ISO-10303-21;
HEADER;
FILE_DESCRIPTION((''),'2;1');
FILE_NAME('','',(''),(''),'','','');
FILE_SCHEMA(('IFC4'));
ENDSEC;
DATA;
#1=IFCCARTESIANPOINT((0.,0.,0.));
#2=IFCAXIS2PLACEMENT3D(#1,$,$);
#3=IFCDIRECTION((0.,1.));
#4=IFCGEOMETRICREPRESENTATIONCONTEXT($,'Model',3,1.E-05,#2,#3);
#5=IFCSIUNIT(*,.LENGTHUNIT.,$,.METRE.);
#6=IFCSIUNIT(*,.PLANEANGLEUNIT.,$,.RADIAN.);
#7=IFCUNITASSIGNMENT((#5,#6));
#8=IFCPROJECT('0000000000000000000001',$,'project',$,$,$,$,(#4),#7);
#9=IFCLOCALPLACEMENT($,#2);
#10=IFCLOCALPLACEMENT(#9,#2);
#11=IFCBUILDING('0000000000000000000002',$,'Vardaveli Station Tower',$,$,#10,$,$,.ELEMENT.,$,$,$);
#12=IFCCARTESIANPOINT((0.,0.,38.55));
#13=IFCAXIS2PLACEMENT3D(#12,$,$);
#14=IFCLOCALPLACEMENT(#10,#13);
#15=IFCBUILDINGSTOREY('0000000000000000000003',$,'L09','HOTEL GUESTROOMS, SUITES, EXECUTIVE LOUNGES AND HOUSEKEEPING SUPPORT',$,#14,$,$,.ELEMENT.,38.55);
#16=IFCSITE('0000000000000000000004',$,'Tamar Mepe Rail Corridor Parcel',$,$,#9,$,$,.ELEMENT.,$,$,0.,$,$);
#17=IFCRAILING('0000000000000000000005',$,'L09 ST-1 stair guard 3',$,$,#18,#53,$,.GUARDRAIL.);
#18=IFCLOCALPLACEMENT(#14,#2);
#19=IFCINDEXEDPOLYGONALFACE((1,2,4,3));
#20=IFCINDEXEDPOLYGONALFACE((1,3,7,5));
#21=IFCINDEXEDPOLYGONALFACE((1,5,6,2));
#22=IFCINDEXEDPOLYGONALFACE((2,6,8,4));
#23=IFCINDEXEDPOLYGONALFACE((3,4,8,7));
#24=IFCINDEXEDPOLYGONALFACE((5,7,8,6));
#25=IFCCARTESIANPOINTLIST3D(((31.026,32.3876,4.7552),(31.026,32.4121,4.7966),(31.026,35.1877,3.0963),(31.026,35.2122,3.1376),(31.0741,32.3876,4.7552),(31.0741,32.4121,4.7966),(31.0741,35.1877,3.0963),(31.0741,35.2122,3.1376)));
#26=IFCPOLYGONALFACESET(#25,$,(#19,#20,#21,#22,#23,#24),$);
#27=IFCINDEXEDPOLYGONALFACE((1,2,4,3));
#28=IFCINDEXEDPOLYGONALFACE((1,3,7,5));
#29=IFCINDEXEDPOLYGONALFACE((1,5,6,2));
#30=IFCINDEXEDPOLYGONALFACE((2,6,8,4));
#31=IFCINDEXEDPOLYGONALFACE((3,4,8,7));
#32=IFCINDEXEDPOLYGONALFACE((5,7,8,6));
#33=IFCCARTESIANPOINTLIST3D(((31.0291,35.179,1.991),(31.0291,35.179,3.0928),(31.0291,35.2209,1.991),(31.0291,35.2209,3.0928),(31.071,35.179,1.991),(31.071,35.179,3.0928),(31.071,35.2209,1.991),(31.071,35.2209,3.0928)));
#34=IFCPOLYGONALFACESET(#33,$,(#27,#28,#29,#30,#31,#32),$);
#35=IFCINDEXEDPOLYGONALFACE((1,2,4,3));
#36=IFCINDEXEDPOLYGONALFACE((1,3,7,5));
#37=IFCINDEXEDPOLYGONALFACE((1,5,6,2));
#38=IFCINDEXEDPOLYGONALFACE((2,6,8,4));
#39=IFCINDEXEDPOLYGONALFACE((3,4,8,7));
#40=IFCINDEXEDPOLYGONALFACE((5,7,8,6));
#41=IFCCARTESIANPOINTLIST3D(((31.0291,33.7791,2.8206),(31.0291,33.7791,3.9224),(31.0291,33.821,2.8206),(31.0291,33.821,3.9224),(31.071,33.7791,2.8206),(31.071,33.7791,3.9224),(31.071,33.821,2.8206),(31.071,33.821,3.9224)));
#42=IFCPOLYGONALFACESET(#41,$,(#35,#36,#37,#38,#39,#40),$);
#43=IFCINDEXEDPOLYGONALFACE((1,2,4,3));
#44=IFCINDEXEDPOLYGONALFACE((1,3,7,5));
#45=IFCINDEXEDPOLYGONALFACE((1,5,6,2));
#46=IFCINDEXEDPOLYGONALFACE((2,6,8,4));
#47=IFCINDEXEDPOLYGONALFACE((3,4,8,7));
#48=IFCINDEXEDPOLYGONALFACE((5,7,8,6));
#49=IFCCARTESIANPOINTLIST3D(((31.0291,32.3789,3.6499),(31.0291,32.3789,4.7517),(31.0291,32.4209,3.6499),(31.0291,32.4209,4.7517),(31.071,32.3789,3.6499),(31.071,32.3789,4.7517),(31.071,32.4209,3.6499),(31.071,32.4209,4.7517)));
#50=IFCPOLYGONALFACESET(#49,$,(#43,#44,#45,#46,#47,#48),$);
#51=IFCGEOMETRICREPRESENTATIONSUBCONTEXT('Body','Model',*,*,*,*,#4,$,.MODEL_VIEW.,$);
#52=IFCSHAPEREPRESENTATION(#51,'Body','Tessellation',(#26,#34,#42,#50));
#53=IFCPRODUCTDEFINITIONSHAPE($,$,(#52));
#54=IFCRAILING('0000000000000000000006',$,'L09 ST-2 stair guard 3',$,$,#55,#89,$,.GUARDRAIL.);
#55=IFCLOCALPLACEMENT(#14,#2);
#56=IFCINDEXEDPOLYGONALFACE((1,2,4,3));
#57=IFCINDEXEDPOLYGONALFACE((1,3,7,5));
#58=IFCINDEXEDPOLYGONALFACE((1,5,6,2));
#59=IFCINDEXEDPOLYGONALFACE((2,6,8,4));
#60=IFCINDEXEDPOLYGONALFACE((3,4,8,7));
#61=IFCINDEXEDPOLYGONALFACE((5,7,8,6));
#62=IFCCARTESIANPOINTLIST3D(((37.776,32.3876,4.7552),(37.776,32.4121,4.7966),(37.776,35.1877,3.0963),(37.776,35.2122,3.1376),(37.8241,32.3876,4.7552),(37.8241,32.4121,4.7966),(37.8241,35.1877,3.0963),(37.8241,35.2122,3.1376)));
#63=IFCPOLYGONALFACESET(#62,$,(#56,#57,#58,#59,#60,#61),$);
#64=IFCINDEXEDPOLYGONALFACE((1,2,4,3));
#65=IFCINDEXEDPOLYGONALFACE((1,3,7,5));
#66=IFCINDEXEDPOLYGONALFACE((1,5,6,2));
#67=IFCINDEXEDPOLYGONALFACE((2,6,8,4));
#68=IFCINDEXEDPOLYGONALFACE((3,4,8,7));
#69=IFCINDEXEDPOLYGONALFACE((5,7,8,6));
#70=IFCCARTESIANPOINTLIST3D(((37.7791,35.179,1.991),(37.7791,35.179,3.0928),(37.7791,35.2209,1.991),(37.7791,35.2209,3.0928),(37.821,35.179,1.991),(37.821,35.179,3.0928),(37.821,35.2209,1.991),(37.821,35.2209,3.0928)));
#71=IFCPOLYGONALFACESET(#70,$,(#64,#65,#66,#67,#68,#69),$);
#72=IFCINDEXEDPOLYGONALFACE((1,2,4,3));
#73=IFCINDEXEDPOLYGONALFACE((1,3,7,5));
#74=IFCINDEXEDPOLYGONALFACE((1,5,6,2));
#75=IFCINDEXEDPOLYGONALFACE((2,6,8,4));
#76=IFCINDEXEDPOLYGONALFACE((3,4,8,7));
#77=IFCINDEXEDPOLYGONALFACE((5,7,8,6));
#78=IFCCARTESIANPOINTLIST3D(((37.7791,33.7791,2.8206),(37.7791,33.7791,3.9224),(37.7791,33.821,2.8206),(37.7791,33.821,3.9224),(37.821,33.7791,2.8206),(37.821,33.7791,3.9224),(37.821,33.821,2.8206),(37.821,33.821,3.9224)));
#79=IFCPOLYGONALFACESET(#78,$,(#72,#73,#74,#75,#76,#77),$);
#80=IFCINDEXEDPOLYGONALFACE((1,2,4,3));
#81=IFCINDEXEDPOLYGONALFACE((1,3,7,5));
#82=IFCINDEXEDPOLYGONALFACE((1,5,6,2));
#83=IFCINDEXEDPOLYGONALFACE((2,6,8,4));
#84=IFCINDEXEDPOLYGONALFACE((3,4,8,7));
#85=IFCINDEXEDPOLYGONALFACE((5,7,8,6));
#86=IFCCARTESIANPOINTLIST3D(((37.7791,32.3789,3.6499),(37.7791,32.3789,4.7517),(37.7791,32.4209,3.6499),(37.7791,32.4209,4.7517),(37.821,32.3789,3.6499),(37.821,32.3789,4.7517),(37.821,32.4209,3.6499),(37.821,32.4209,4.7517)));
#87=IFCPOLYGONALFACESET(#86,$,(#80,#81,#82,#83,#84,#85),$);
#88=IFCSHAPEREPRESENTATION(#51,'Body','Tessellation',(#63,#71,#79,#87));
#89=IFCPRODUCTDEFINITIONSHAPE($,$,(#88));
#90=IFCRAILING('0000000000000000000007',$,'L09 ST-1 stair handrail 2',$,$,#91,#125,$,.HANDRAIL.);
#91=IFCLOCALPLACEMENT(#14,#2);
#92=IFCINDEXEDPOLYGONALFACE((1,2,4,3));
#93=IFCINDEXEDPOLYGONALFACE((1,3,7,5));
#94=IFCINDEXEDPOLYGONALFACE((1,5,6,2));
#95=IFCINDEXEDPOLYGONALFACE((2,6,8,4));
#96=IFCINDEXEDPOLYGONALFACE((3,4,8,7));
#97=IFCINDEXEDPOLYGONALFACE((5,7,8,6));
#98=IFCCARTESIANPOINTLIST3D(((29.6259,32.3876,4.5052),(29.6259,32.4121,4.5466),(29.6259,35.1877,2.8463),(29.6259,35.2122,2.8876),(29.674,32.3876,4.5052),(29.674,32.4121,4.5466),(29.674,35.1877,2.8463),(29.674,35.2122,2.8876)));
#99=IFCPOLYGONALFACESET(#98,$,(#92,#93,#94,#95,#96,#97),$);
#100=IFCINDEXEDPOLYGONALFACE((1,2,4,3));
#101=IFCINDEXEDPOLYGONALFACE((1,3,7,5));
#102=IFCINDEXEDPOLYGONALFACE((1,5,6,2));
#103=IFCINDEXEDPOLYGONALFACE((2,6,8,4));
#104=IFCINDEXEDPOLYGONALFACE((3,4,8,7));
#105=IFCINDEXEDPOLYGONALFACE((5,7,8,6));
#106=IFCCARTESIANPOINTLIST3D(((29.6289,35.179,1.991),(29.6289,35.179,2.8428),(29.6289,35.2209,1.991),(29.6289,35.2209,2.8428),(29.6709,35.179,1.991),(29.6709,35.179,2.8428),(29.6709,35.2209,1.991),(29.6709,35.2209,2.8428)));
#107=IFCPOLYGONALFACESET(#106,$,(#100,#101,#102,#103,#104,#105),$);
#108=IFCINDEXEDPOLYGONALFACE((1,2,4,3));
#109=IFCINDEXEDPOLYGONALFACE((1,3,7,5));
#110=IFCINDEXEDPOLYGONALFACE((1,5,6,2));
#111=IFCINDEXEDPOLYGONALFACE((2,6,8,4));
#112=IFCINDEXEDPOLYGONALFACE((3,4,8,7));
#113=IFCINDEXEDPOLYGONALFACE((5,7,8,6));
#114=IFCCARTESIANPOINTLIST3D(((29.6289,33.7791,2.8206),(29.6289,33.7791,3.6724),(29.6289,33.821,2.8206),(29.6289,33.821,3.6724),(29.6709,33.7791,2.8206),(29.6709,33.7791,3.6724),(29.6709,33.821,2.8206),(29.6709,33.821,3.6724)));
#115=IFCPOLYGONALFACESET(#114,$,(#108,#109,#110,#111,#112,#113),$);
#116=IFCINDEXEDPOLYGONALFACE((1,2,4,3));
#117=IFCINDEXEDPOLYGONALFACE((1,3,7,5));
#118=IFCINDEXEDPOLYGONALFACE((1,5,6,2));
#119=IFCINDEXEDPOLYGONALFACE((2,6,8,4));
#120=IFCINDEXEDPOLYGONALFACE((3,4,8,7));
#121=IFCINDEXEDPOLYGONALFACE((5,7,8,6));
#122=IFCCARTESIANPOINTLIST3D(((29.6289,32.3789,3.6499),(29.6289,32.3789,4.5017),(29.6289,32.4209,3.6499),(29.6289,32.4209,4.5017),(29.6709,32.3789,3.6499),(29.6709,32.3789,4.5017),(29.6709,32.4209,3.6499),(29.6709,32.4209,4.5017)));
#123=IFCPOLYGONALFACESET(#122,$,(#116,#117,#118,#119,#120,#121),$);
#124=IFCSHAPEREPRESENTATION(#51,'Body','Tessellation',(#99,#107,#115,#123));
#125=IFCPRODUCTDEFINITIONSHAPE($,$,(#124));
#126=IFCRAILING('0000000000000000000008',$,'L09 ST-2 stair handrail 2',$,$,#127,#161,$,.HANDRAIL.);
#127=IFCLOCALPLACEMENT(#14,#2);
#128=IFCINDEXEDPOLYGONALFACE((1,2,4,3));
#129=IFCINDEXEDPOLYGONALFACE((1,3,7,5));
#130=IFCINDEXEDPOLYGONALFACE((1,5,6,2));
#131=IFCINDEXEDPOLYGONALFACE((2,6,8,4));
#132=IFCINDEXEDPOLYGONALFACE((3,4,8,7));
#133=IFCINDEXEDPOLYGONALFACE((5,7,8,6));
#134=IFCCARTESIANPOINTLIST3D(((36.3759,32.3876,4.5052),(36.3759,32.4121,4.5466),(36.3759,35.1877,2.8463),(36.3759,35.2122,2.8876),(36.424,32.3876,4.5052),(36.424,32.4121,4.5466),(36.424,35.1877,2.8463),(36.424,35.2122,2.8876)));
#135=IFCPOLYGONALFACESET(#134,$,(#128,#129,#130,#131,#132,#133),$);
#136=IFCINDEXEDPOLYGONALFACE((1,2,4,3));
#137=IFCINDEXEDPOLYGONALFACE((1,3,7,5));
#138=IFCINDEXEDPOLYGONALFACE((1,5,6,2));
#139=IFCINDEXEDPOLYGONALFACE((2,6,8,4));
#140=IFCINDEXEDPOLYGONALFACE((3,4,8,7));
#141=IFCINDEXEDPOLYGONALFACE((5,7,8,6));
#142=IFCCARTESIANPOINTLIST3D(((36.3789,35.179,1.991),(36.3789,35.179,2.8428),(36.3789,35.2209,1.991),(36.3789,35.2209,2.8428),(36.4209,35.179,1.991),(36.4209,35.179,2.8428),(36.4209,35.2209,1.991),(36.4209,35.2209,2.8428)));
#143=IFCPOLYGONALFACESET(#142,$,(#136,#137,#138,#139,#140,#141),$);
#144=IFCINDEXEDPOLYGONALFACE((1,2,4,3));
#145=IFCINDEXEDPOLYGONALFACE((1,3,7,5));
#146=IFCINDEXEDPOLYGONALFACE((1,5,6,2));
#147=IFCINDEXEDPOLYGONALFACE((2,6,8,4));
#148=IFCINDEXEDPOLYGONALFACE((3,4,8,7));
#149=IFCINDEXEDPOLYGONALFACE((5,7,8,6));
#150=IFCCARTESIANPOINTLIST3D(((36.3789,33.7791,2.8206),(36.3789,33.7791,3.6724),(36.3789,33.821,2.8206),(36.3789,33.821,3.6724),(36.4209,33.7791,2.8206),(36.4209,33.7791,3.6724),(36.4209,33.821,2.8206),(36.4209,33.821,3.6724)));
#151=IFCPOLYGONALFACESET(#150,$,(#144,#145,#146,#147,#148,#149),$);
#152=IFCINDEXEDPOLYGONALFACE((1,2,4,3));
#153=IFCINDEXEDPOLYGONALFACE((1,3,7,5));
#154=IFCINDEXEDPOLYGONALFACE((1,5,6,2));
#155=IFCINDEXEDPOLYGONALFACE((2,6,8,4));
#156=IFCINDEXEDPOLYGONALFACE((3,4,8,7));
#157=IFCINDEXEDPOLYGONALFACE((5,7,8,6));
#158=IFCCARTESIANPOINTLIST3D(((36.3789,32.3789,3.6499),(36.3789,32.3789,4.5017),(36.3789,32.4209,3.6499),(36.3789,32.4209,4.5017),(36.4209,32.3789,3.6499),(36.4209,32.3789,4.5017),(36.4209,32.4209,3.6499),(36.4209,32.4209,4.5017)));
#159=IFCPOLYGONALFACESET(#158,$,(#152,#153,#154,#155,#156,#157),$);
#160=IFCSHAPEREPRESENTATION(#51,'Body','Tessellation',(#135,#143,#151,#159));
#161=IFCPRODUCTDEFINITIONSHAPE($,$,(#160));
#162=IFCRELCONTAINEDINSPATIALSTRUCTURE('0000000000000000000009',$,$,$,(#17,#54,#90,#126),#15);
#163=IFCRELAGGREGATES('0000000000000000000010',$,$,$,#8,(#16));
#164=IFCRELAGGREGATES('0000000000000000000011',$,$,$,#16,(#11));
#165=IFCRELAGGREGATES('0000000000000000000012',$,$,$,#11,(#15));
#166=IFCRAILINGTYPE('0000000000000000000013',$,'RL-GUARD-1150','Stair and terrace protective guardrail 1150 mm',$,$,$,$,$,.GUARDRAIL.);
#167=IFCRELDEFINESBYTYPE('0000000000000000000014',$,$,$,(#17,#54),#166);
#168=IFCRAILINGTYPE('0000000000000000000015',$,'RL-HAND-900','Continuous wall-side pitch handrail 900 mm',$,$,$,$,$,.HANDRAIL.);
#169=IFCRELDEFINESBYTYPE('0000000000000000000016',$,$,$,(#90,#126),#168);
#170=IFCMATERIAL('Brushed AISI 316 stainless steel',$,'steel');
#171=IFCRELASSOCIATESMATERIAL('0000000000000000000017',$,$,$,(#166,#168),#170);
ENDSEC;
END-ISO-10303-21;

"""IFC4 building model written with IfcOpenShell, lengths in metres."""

from ifc_helpers import new_model, si_unit, direction, frame, origin, origin_2d, place, context, subcontext, project, spatial, rectangle, extrude, source, transform, mapped, material, type_object, element, save


model = new_model("IFC4")

# Units and contexts
model_context = context("Model", 3, precision=1e-05, world=origin(), true_north=direction((0.0, 1.0)))
body_context = subcontext(model_context, "Body", "Model", "MODEL_VIEW")
ifc_project = project(units=[si_unit("LENGTHUNIT", "METRE"), si_unit("PLANEANGLEUNIT", "RADIAN")], contexts=[model_context])

# Site, building, storey
site_placement = place(None, origin())
site = spatial("IfcSite", under=ifc_project, at=site_placement, Name="Tamar Mepe Rail Corridor Parcel", CompositionType="ELEMENT", RefElevation=0.0)
building_placement = place(site_placement, origin())
building = spatial("IfcBuilding", under=site, at=building_placement, Name="Vardaveli Station Tower", CompositionType="ELEMENT")
storey_placement = place(building_placement, frame((0.0, 0.0, 38.55)))
storey = spatial("IfcBuildingStorey", under=building, at=storey_placement, Name="L09", Description="HOTEL GUESTROOMS, SUITES, EXECUTIVE LOUNGES AND HOUSEKEEPING SUPPORT", CompositionType="ELEMENT", Elevation=38.55)

# Railings
ifc_material_1 = material(Name="Brushed AISI 316 stainless steel", Category="steel")
railing_type_1 = type_object("IfcRailingType", Name="RL-GUARD-1150", Description="Stair and terrace protective guardrail 1150 mm", PredefinedType="GUARDRAIL", material=ifc_material_1)
shared_shape_1 = source(origin(), body_context, "Body", "SweptSolid", [
    extrude(rectangle(XDim=0.0481, YDim=0.0481, at=origin_2d()), frame((0.0, 0.0, 1.126), z_axis=(0.0, -0.860339, 0.509722), x_axis=(1.0, 0.0, 0.0)), (0.0, 0.0, 1.0), 3.2546),
    extrude(rectangle(XDim=0.042, YDim=0.042, at=origin_2d()), origin(), (0.0, 0.0, 1.0), 1.1018),
    extrude(rectangle(XDim=0.042, YDim=0.042, at=origin_2d()), frame((0.0, -1.3999, 0.8296)), (0.0, 0.0, 1.0), 1.1018),
    extrude(rectangle(XDim=0.042, YDim=0.042, at=origin_2d()), frame((0.0, -2.8, 1.6589)), (0.0, 0.0, 1.0), 1.1018),
])
for number, where, name in (
    (1, (31.05, 35.2, 1.991), "L09 ST-1 stair guard 3"),
    (2, (37.8, 35.2, 1.991), "L09 ST-2 stair guard 3"),
):
    element("IfcRailing", number, at=place(storey_placement, frame(where)), inside=storey, type_object=railing_type_1, Name=name, PredefinedType="GUARDRAIL", context=body_context, shape_type="MappedRepresentation", body=[
        mapped(shared_shape_1, transform((0.0, 0.0, 0.0), scale=1.0)),
    ])
railing_type_2 = type_object("IfcRailingType", Name="RL-HAND-900", Description="Continuous wall-side pitch handrail 900 mm", PredefinedType="HANDRAIL", material=ifc_material_1)
shared_shape_2 = source(origin(), body_context, "Body", "SweptSolid", [
    extrude(rectangle(XDim=0.0481, YDim=0.0481, at=origin_2d()), frame((0.0, 0.0, 0.876), z_axis=(0.0, -0.860339, 0.509722), x_axis=(1.0, 0.0, 0.0)), (0.0, 0.0, 1.0), 3.2546),
    extrude(rectangle(XDim=0.042, YDim=0.042, at=origin_2d()), origin(), (0.0, 0.0, 1.0), 0.8518),
    extrude(rectangle(XDim=0.042, YDim=0.042, at=origin_2d()), frame((0.0, -1.3999, 0.8296)), (0.0, 0.0, 1.0), 0.8518),
    extrude(rectangle(XDim=0.042, YDim=0.042, at=origin_2d()), frame((0.0, -2.8, 1.6589)), (0.0, 0.0, 1.0), 0.8518),
])
for number, where, name in (
    (3, (29.6499, 35.2, 1.991), "L09 ST-1 stair handrail 2"),
    (4, (36.3999, 35.2, 1.991), "L09 ST-2 stair handrail 2"),
):
    element("IfcRailing", number, at=place(storey_placement, frame(where)), inside=storey, type_object=railing_type_2, Name=name, PredefinedType="HANDRAIL", context=body_context, shape_type="MappedRepresentation", body=[
        mapped(shared_shape_2, transform((0.0, 0.0, 0.0), scale=1.0)),
    ])

save(model, "model.ifc")
